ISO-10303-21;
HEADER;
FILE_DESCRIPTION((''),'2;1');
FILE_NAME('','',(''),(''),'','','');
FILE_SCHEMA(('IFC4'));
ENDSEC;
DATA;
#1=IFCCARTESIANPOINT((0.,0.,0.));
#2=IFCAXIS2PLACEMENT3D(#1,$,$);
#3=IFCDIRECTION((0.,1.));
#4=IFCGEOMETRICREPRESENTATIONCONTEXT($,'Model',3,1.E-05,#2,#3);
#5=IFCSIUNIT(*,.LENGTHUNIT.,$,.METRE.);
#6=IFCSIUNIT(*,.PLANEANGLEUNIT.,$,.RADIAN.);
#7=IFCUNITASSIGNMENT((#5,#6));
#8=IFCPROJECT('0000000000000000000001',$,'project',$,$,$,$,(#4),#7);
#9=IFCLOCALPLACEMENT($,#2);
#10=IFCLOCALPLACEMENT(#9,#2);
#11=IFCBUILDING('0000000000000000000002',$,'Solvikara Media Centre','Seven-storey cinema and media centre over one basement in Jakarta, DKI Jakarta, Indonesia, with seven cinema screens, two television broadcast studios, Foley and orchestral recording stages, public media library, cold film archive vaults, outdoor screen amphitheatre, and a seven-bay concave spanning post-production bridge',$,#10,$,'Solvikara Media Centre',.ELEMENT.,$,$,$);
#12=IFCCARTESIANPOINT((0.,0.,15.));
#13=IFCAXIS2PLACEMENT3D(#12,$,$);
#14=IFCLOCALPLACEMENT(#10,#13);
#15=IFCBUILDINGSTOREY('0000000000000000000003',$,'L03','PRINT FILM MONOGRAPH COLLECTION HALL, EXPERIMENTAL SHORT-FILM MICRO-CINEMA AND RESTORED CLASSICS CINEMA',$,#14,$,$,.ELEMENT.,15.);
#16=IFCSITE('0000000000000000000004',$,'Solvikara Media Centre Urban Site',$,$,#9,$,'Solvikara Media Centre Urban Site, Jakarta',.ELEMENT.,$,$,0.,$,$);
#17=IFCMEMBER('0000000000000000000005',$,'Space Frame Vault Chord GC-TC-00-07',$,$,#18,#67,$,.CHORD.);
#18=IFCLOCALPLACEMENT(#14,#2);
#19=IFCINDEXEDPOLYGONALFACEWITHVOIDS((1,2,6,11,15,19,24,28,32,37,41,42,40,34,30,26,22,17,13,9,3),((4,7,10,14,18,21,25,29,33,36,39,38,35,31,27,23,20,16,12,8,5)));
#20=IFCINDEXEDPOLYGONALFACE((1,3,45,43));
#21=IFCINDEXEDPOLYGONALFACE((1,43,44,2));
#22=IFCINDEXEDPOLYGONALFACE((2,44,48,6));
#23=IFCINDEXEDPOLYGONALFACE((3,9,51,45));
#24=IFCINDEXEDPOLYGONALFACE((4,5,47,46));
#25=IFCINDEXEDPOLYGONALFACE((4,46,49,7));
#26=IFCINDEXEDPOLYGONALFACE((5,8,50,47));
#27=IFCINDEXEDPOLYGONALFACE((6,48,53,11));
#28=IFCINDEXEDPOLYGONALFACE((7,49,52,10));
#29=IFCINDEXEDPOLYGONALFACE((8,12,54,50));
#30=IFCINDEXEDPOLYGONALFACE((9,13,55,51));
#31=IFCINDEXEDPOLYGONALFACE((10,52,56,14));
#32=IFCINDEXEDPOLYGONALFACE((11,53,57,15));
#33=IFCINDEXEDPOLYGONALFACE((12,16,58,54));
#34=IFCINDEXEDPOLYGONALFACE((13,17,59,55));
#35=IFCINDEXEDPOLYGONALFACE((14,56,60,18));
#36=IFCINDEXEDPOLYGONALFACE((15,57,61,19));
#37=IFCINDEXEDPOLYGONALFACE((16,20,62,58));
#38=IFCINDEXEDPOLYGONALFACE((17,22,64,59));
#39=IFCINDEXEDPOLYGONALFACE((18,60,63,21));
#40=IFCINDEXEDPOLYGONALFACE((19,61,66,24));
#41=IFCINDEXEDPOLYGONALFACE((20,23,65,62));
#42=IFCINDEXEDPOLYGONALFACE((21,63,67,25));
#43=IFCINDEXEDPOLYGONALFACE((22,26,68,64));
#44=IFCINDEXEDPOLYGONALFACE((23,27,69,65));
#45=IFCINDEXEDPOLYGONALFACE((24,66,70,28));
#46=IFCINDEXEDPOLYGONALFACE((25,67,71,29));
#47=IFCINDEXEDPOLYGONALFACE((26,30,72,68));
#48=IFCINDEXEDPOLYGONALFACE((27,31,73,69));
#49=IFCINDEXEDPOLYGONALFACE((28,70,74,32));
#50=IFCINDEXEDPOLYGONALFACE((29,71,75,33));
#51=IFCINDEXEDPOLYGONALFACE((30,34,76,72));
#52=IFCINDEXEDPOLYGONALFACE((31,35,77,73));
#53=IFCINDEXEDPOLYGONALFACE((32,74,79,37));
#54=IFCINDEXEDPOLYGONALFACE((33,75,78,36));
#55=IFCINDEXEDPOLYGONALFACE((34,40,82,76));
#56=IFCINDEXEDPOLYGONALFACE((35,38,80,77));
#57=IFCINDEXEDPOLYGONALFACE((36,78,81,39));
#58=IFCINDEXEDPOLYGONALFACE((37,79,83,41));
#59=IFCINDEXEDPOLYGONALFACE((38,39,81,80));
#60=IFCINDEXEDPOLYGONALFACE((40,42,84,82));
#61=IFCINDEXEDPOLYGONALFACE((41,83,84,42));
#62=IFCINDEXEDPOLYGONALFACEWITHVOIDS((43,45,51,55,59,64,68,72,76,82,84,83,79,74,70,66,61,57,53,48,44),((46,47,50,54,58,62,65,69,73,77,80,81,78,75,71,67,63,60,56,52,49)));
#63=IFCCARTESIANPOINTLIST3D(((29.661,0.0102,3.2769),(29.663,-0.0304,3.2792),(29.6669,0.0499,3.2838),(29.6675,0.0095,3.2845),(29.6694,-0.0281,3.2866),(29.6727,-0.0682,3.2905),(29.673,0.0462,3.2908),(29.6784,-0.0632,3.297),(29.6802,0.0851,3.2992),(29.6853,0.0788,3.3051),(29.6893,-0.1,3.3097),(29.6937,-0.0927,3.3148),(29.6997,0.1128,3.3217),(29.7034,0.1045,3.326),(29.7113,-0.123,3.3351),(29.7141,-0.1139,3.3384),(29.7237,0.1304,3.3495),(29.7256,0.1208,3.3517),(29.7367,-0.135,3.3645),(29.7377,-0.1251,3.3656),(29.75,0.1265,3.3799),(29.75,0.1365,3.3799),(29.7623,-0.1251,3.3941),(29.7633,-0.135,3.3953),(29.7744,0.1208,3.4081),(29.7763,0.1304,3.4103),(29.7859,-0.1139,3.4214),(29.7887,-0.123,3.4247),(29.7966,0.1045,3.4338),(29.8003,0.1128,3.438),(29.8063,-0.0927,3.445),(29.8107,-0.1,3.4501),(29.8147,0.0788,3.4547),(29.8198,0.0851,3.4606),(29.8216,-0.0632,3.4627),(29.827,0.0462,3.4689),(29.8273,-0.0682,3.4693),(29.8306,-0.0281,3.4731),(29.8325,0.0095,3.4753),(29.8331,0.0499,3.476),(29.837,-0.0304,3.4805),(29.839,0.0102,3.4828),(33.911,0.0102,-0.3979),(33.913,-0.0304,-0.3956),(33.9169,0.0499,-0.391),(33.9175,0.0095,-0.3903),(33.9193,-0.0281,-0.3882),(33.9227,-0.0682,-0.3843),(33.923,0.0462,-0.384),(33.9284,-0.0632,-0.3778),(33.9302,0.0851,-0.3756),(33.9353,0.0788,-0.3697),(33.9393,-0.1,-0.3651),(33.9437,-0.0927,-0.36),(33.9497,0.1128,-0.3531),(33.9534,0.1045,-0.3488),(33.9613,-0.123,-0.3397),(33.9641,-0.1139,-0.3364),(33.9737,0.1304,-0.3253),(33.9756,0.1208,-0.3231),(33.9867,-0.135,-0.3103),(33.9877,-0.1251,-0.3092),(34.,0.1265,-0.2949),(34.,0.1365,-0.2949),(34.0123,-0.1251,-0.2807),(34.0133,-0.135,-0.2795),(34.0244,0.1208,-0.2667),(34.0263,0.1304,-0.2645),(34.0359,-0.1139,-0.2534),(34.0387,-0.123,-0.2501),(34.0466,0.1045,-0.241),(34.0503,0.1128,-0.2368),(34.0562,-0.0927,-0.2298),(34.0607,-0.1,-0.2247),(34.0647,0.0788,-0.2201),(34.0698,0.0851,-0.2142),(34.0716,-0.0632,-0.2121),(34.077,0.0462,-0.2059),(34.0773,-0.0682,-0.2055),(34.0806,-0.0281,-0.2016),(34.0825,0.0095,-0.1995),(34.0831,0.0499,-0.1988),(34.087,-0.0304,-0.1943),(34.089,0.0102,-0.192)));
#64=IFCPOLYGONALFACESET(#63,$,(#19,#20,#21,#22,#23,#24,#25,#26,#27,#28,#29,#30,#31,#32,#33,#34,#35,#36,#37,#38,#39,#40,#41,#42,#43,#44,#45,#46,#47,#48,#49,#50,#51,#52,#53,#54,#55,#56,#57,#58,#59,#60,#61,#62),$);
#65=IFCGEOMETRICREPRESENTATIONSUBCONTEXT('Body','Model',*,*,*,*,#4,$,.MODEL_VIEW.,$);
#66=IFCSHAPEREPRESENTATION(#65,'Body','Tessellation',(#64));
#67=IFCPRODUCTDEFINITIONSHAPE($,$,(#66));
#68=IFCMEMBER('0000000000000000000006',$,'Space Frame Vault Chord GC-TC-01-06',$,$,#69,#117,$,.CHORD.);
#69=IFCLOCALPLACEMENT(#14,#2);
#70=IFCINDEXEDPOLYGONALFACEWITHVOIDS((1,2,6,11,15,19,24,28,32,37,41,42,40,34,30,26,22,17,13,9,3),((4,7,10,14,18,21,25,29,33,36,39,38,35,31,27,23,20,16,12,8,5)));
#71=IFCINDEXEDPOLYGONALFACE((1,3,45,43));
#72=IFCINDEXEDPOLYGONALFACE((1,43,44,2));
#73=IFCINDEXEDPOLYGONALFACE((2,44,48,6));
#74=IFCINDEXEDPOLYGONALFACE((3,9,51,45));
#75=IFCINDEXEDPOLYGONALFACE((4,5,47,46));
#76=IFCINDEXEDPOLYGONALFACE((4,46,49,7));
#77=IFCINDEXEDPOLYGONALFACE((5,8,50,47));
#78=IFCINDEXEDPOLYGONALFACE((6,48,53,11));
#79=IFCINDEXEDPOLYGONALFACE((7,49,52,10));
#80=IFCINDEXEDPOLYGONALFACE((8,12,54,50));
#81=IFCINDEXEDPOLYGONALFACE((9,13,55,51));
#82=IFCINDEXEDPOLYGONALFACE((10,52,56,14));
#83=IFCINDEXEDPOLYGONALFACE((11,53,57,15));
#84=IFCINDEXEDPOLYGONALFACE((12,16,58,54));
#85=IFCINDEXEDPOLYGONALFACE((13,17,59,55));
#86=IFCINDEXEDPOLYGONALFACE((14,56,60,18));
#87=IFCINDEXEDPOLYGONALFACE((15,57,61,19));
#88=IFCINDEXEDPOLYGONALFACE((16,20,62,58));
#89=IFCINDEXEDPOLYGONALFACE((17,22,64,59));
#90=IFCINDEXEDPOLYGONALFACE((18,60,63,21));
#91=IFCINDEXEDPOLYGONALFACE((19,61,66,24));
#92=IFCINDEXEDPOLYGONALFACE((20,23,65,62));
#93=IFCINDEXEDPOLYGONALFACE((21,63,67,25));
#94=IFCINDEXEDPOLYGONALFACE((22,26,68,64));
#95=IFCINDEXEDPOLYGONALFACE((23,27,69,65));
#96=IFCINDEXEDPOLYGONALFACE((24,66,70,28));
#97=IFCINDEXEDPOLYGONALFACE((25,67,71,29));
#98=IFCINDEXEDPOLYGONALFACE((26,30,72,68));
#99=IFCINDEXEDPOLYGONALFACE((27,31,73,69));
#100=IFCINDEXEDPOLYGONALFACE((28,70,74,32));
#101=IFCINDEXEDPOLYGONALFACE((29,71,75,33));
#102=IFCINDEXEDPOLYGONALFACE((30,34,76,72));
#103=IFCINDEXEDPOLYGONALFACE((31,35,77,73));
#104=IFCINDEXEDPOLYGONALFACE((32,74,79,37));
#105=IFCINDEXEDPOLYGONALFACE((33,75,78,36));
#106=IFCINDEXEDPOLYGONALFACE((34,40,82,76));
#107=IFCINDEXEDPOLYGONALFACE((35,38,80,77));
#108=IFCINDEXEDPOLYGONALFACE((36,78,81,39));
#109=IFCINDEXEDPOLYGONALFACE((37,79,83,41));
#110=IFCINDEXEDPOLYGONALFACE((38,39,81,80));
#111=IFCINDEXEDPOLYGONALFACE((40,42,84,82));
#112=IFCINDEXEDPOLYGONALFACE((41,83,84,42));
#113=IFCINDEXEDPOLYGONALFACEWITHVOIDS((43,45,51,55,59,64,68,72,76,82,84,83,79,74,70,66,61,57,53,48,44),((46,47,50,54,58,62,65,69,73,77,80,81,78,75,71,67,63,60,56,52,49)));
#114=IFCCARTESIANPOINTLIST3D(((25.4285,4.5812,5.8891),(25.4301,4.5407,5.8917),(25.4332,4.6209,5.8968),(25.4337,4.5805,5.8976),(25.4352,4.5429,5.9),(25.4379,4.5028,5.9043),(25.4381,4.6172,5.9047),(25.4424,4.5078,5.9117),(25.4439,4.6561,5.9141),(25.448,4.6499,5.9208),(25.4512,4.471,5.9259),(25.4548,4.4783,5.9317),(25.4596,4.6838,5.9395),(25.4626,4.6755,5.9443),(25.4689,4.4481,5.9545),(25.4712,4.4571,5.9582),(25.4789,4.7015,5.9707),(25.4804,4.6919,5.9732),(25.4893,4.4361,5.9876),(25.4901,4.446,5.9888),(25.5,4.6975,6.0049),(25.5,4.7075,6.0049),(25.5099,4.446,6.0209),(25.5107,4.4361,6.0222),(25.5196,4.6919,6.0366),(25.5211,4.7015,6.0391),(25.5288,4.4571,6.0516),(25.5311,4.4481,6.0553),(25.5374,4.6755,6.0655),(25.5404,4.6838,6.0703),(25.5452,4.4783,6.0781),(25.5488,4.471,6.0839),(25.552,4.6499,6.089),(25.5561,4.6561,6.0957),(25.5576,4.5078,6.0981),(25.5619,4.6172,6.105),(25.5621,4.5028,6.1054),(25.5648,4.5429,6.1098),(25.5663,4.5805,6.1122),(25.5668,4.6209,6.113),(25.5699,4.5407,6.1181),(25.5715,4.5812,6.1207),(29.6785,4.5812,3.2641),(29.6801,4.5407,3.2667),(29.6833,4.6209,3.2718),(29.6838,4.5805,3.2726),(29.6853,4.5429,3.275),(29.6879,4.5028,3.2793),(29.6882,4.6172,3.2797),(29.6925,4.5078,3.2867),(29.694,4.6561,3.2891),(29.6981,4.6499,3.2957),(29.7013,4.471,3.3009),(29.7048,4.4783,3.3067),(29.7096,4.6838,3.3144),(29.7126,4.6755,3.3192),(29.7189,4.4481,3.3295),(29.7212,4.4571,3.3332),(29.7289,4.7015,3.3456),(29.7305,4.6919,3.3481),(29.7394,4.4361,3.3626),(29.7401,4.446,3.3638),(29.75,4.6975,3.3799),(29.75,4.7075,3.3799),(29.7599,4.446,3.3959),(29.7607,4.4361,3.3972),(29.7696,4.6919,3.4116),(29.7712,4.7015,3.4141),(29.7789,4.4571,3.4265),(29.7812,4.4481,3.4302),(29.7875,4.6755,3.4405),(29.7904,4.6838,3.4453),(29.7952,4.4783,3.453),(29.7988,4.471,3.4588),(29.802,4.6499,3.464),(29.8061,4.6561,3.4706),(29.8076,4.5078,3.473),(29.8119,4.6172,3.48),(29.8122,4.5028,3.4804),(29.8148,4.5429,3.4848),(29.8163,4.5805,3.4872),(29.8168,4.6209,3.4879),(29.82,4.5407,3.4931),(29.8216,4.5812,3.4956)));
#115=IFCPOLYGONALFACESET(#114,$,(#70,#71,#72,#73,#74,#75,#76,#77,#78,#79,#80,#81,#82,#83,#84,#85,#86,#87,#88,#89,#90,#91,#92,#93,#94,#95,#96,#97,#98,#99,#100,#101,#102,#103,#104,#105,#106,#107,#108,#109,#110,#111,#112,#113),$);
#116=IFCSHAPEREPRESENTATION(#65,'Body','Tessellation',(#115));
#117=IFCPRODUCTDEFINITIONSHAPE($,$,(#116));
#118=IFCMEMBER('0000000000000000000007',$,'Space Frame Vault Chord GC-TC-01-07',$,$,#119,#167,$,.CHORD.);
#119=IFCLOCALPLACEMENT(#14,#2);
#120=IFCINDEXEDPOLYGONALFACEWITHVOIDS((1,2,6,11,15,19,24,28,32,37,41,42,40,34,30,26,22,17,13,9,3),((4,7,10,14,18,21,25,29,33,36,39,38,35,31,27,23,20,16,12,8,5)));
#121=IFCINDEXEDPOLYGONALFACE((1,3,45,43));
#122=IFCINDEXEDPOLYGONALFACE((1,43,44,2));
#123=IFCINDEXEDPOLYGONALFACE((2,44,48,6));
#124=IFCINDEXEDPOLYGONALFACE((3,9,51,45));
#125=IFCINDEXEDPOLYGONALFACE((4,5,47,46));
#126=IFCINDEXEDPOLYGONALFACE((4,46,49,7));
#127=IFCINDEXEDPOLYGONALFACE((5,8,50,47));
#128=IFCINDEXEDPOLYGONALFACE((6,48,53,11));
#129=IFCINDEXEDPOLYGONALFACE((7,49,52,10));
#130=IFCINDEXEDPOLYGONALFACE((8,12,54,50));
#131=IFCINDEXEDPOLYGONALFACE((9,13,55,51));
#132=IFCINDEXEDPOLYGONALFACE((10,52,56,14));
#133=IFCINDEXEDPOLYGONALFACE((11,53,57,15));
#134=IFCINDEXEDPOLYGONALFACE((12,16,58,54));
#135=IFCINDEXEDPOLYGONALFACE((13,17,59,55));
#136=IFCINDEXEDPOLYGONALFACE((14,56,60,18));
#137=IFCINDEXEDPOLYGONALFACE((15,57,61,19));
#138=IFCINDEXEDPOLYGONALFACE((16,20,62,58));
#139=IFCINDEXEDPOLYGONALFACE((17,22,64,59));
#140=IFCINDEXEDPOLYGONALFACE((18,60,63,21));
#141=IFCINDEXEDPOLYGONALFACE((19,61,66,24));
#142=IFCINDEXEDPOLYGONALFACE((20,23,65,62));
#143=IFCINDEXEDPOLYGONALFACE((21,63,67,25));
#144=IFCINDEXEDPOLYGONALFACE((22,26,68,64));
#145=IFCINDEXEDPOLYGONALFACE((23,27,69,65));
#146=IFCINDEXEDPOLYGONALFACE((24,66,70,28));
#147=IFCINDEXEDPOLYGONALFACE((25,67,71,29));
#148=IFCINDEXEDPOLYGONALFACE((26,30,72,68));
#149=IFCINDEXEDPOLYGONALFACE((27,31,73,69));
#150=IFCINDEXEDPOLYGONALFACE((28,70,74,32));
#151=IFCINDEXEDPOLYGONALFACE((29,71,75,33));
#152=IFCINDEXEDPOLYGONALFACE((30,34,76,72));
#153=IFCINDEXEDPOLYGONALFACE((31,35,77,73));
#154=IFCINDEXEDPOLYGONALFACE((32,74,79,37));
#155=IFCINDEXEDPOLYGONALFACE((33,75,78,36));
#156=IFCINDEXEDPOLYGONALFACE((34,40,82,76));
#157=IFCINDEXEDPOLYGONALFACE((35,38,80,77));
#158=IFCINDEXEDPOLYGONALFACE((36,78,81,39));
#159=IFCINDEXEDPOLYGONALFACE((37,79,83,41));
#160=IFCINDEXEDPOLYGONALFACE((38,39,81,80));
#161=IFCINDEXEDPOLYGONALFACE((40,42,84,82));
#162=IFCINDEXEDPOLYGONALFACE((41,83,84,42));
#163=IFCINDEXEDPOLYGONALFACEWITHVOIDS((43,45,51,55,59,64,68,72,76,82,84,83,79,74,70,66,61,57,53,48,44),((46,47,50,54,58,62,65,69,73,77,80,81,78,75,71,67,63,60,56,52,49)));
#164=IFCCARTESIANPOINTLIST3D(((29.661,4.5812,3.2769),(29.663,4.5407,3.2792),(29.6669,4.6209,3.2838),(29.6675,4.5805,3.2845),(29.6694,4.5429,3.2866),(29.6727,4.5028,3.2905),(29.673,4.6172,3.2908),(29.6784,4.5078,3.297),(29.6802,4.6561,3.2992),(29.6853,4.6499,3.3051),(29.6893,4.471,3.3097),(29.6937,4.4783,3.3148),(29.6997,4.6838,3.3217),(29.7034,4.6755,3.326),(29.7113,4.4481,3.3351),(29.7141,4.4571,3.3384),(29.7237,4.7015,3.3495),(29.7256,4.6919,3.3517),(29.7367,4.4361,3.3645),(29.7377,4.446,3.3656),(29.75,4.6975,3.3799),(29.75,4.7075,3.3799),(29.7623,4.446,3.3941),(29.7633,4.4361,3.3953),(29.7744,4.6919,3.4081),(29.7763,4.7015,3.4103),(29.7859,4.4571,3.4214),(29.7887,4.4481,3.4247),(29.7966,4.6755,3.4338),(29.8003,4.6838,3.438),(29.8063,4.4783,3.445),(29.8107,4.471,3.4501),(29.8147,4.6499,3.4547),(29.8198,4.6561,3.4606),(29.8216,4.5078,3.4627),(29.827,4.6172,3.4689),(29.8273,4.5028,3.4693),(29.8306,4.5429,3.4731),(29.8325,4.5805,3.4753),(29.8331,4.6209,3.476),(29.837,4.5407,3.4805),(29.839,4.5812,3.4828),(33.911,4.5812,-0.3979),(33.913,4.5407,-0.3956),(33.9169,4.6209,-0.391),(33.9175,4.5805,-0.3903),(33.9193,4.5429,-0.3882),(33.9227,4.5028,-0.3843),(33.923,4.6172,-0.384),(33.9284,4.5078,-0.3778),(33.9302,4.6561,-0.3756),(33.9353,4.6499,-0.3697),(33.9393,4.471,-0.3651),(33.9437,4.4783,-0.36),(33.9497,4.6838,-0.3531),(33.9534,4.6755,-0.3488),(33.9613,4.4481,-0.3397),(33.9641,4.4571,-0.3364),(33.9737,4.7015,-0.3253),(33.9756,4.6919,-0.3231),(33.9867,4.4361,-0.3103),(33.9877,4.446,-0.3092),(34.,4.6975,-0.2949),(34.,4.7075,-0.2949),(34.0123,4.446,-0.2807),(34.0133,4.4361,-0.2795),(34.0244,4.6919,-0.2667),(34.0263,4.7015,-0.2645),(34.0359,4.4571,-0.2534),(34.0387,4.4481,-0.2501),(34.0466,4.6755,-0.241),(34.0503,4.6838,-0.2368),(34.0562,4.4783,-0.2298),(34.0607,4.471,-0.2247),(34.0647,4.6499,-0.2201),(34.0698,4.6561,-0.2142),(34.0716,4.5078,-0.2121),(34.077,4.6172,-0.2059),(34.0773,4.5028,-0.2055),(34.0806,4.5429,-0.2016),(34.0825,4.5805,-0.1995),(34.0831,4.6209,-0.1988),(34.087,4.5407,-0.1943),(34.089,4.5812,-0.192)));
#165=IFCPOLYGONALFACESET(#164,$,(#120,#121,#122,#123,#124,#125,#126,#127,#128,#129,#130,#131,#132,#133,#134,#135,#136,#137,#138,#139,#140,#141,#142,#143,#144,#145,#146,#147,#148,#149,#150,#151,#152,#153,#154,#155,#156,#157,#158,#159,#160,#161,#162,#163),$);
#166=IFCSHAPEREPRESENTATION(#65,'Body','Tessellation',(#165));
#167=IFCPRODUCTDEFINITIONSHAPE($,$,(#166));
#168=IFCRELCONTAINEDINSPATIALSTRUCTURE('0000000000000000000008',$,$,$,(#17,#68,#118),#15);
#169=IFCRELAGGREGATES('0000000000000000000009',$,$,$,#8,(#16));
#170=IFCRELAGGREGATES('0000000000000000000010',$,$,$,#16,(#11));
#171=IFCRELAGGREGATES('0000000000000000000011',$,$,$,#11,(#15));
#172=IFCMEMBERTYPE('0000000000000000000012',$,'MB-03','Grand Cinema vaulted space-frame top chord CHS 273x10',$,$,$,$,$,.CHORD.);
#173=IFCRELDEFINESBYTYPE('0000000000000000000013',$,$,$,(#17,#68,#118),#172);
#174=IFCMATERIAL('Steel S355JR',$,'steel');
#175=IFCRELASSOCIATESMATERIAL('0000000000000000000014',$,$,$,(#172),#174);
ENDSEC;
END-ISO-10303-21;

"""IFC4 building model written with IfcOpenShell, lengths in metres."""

from ifc_helpers import new_model, si_unit, direction, frame, origin, origin_2d, place, context, subcontext, project, spatial, hollow_circle, extrude, material, material_profile, profile_set, type_object, element, save


model = new_model("IFC4")

# Units and contexts
model_context = context("Model", 3, precision=1e-05, world=origin(), true_north=direction((0.0, 1.0)))
body_context = subcontext(model_context, "Body", "Model", "MODEL_VIEW")
ifc_project = project(units=[si_unit("LENGTHUNIT", "METRE"), si_unit("PLANEANGLEUNIT", "RADIAN")], contexts=[model_context])

# Site, building, storey
site_placement = place(None, origin())
site = spatial("IfcSite", under=ifc_project, at=site_placement, Name="Solvikara Media Centre Urban Site", LongName="Solvikara Media Centre Urban Site, Jakarta", CompositionType="ELEMENT", RefElevation=0.0)
building_placement = place(site_placement, origin())
building = spatial("IfcBuilding", under=site, at=building_placement, Name="Solvikara Media Centre", Description="Seven-storey cinema and media centre over one basement in Jakarta, DKI Jakarta, Indonesia, with seven cinema screens, two television broadcast studios, Foley and orchestral recording stages, public media library, cold film archive vaults, outdoor screen amphitheatre, and a seven-bay concave spanning post-production bridge", LongName="Solvikara Media Centre", CompositionType="ELEMENT")
storey_placement = place(building_placement, frame((0.0, 0.0, 15.0)))
storey = spatial("IfcBuildingStorey", under=building, at=storey_placement, Name="L03", Description="PRINT FILM MONOGRAPH COLLECTION HALL, EXPERIMENTAL SHORT-FILM MICRO-CINEMA AND RESTORED CLASSICS CINEMA", CompositionType="ELEMENT", Elevation=15.0)

# Members
ifc_material_1 = material(Name="Steel S355JR", Category="steel")
ifc_material_profile_1 = material_profile(ifc_material_1, hollow_circle(Radius=0.1365, WallThickness=0.01, at=origin_2d()), Name="CHS 273x10")
ifc_profile_set_1 = profile_set([ifc_material_profile_1], Name="Steel S355JR")
member_type_1 = type_object("IfcMemberType", Name="MB-03", Description="Grand Cinema vaulted space-frame top chord CHS 273x10", PredefinedType="CHORD", material=ifc_profile_set_1)
member_1_placement = place(storey_placement, frame((29.75, 0.0, 3.3799), z_axis=(0.75644, 0.0, -0.654063), x_axis=(0.0, 1.0, 0.0)))
element("IfcMember", 1, at=member_1_placement, inside=storey, type_object=member_type_1, Name="Space Frame Vault Chord GC-TC-00-07", PredefinedType="CHORD", context=body_context, shape_type="SweptSolid", body=[
    extrude(hollow_circle(Radius=0.1365, WallThickness=0.01, at=origin_2d()), origin(), (0.0, 0.0, 1.0), 5.6184),
])
member_2_placement = place(storey_placement, frame((25.5, 4.571, 6.0049), z_axis=(0.850798, 0.0, -0.525493), x_axis=(0.0, 1.0, 0.0)))
element("IfcMember", 2, at=member_2_placement, inside=storey, type_object=member_type_1, Name="Space Frame Vault Chord GC-TC-01-06", PredefinedType="CHORD", context=body_context, shape_type="SweptSolid", body=[
    extrude(hollow_circle(Radius=0.1365, WallThickness=0.01, at=origin_2d()), origin(), (0.0, 0.0, 1.0), 4.9954),
])
member_3_placement = place(storey_placement, frame((29.75, 4.571, 3.3799), z_axis=(0.75644, 0.0, -0.654063), x_axis=(0.0, 1.0, 0.0)))
element("IfcMember", 3, at=member_3_placement, inside=storey, type_object=member_type_1, Name="Space Frame Vault Chord GC-TC-01-07", PredefinedType="CHORD", context=body_context, shape_type="SweptSolid", body=[
    extrude(hollow_circle(Radius=0.1365, WallThickness=0.01, at=origin_2d()), origin(), (0.0, 0.0, 1.0), 5.6184),
])

save(model, "model.ifc")
